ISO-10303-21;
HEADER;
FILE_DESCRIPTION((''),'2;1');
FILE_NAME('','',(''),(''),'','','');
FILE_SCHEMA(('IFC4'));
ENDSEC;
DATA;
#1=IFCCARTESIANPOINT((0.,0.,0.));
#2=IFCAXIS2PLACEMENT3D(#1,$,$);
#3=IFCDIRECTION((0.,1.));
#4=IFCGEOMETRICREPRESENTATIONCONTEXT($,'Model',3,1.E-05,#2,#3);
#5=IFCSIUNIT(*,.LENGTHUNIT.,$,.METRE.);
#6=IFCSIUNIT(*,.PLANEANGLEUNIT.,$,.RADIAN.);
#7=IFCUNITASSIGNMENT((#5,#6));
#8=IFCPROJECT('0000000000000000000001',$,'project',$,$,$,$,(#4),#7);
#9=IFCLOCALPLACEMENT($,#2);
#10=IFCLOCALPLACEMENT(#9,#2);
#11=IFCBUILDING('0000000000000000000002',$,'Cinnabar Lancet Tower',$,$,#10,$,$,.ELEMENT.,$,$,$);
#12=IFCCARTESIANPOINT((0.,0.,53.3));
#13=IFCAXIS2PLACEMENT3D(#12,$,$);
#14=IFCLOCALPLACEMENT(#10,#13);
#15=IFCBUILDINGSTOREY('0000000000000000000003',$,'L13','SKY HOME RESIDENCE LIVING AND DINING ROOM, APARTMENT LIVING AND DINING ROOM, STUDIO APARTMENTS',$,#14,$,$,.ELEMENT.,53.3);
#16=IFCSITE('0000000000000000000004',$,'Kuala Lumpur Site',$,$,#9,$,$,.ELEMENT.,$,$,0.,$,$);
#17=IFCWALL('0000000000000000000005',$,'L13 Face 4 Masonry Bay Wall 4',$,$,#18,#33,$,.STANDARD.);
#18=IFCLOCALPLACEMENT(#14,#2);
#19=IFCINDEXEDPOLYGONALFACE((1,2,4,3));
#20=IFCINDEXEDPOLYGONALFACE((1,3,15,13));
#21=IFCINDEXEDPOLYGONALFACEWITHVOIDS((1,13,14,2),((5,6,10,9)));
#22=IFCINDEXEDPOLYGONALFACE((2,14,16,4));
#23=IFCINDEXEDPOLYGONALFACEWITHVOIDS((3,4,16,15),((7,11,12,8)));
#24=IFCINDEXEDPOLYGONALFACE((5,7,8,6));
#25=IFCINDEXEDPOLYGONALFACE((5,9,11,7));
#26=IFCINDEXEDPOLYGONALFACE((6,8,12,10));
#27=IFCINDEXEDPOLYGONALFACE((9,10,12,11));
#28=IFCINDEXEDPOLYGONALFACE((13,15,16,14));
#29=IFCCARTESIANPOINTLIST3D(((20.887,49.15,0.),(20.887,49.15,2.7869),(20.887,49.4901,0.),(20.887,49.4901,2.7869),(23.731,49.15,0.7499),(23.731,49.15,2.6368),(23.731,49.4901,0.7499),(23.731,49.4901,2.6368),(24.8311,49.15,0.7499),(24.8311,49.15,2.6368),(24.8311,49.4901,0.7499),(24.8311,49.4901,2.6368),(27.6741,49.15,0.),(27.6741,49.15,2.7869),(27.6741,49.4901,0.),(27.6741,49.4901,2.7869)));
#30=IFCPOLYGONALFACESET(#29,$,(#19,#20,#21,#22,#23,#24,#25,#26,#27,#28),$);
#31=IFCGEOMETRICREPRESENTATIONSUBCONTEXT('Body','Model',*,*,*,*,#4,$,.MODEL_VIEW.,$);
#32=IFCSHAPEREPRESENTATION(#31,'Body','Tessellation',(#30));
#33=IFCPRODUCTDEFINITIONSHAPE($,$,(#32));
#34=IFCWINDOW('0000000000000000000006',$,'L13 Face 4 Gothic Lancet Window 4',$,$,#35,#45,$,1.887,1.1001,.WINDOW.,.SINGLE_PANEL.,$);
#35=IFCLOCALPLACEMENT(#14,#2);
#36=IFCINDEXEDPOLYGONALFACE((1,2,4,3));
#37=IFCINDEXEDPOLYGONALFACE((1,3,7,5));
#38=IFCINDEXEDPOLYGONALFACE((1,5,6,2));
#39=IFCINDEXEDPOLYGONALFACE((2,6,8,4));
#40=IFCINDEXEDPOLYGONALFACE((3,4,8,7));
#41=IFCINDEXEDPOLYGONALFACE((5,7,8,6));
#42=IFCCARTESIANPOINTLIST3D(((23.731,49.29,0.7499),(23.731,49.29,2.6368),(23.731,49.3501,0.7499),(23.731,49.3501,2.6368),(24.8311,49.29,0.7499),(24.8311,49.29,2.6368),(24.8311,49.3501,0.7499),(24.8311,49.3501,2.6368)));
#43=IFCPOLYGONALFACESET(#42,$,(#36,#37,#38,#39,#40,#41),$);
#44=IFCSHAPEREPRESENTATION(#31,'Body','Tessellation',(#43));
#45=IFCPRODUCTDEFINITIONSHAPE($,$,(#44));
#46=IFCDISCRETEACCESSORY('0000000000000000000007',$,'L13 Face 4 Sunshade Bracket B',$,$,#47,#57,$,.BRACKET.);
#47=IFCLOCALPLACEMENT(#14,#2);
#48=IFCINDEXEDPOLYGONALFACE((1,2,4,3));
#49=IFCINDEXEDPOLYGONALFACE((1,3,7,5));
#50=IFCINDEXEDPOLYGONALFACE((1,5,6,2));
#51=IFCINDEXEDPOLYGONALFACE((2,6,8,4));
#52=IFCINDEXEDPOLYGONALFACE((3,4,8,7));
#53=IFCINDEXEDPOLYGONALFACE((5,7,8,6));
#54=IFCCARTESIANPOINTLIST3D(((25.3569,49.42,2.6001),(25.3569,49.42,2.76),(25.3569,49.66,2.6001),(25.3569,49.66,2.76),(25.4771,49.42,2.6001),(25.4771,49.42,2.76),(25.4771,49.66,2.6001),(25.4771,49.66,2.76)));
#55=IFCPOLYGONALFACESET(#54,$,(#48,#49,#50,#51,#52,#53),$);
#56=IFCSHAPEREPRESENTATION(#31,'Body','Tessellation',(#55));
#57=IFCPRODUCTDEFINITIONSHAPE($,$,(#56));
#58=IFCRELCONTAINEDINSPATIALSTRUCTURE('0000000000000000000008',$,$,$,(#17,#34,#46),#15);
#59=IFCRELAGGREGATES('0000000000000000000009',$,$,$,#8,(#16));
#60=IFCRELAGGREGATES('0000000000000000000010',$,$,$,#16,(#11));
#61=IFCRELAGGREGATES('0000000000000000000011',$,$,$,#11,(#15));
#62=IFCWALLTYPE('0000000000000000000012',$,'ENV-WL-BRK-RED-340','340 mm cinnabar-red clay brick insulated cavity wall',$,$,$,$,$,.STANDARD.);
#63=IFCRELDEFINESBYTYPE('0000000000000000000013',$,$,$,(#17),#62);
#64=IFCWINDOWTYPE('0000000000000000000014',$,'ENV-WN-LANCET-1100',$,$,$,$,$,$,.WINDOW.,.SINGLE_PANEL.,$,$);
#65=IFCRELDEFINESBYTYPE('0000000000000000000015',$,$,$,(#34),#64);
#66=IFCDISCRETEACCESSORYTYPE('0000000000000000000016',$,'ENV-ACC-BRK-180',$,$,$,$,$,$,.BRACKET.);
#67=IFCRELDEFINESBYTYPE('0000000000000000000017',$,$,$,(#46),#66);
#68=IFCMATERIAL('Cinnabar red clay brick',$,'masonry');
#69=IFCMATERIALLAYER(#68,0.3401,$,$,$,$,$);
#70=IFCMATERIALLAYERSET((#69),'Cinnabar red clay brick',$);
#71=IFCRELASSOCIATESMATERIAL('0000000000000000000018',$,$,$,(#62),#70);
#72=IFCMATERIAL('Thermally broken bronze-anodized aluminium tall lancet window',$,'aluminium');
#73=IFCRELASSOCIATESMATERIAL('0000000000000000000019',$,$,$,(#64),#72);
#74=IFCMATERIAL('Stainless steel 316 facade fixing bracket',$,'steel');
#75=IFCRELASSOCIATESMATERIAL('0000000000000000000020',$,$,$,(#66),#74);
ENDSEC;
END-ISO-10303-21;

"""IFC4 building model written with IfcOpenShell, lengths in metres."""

from ifc_helpers import new_model, si_unit, direction, frame, frame_2d, origin, origin_2d, place, context, subcontext, project, spatial, rectangle, extrude, material, layer, layer_set, type_object, element, fill, save


model = new_model("IFC4")

# Units and contexts
model_context = context("Model", 3, precision=1e-05, world=origin(), true_north=direction((0.0, 1.0)))
body_context = subcontext(model_context, "Body", "Model", "MODEL_VIEW")
ifc_project = project(units=[si_unit("LENGTHUNIT", "METRE"), si_unit("PLANEANGLEUNIT", "RADIAN")], contexts=[model_context])

# Site, building, storey
site_placement = place(None, origin())
site = spatial("IfcSite", under=ifc_project, at=site_placement, Name="Kuala Lumpur Site", CompositionType="ELEMENT", RefElevation=0.0)
building_placement = place(site_placement, origin())
building = spatial("IfcBuilding", under=site, at=building_placement, Name="Cinnabar Lancet Tower", CompositionType="ELEMENT")
storey_placement = place(building_placement, frame((0.0, 0.0, 53.3)))
storey = spatial("IfcBuildingStorey", under=building, at=storey_placement, Name="L13", Description="SKY HOME RESIDENCE LIVING AND DINING ROOM, APARTMENT LIVING AND DINING ROOM, STUDIO APARTMENTS", CompositionType="ELEMENT", Elevation=53.3)

# Wall, opening, window
ifc_material_1 = material(Name="Cinnabar red clay brick", Category="masonry")
ifc_layer_1 = layer(ifc_material_1, 0.3401)
ifc_layer_set_1 = layer_set([ifc_layer_1], Name="Cinnabar red clay brick")
wall_type_1 = type_object("IfcWallType", Name="ENV-WL-BRK-RED-340", Description="340 mm cinnabar-red clay brick insulated cavity wall", PredefinedType="STANDARD", material=ifc_layer_set_1)
wall_1_placement = place(storey_placement, frame((27.6741, 49.3201, 0.0), z_axis=(0.0, 0.0, 1.0), x_axis=(-1.0, 0.0, 0.0)))
wall_1 = element("IfcWall", 1, at=wall_1_placement, inside=storey, type_object=wall_type_1, Name="L13 Face 4 Masonry Bay Wall 4", PredefinedType="STANDARD", context=body_context, shape_type="SweptSolid", body=[
    extrude(rectangle(XDim=6.7871, YDim=0.3401, at=frame_2d((3.3936, 0.0))), origin(), (0.0, 0.0, 1.0), 2.7869),
])
opening_1_placement = place(wall_1_placement, frame((2.843, 0.0, 0.75)))
opening_1 = element("IfcOpeningElement", 2, at=opening_1_placement, cuts=wall_1, PredefinedType="OPENING", context=body_context, shape_type="SweptSolid", body=[
    extrude(rectangle(XDim=1.1001, YDim=1.887, at=frame_2d((0.55, 0.9434))), frame((0.0, 0.1799, 0.0), z_axis=(0.0, -1.0, 0.0), x_axis=(1.0, 0.0, 0.0)), (0.0, 0.0, 1.0), 0.3601),
])
ifc_material_2 = material(Name="Thermally broken bronze-anodized aluminium tall lancet window", Category="aluminium")
window_type = type_object("IfcWindowType", Name="ENV-WN-LANCET-1100", PartitioningType="SINGLE_PANEL", PredefinedType="WINDOW", material=ifc_material_2)
window_placement = place(opening_1_placement, origin())
window = element("IfcWindow", 3, at=window_placement, inside=storey, type_object=window_type, Name="L13 Face 4 Gothic Lancet Window 4", OverallHeight=1.887, OverallWidth=1.1001, PartitioningType="SINGLE_PANEL", PredefinedType="WINDOW", context=body_context, shape_type="SweptSolid", body=[
    extrude(rectangle(XDim=1.1001, YDim=1.887, at=frame_2d((0.55, 0.9434))), frame((0.0, 0.03, 0.0), z_axis=(0.0, -1.0, 0.0), x_axis=(1.0, 0.0, 0.0)), (0.0, 0.0, 1.0), 0.0601),
])
fill(opening_1, window)

# Discrete accessory
ifc_material_3 = material(Name="Stainless steel 316 facade fixing bracket", Category="steel")
discrete_accessory_type = type_object("IfcDiscreteAccessoryType", Name="ENV-ACC-BRK-180", PredefinedType="BRACKET", material=ifc_material_3)
discrete_accessory_placement = place(storey_placement, frame((25.417, 49.54, 2.6001), z_axis=(0.0, 0.0, 1.0), x_axis=(-1.0, 0.0, 0.0)))
element("IfcDiscreteAccessory", 4, at=discrete_accessory_placement, inside=storey, type_object=discrete_accessory_type, Name="L13 Face 4 Sunshade Bracket B", PredefinedType="BRACKET", context=body_context, shape_type="SweptSolid", body=[
    extrude(rectangle(XDim=0.1201, YDim=0.24, at=origin_2d()), origin(), (0.0, 0.0, 1.0), 0.1599),
])

save(model, "model.ifc")
